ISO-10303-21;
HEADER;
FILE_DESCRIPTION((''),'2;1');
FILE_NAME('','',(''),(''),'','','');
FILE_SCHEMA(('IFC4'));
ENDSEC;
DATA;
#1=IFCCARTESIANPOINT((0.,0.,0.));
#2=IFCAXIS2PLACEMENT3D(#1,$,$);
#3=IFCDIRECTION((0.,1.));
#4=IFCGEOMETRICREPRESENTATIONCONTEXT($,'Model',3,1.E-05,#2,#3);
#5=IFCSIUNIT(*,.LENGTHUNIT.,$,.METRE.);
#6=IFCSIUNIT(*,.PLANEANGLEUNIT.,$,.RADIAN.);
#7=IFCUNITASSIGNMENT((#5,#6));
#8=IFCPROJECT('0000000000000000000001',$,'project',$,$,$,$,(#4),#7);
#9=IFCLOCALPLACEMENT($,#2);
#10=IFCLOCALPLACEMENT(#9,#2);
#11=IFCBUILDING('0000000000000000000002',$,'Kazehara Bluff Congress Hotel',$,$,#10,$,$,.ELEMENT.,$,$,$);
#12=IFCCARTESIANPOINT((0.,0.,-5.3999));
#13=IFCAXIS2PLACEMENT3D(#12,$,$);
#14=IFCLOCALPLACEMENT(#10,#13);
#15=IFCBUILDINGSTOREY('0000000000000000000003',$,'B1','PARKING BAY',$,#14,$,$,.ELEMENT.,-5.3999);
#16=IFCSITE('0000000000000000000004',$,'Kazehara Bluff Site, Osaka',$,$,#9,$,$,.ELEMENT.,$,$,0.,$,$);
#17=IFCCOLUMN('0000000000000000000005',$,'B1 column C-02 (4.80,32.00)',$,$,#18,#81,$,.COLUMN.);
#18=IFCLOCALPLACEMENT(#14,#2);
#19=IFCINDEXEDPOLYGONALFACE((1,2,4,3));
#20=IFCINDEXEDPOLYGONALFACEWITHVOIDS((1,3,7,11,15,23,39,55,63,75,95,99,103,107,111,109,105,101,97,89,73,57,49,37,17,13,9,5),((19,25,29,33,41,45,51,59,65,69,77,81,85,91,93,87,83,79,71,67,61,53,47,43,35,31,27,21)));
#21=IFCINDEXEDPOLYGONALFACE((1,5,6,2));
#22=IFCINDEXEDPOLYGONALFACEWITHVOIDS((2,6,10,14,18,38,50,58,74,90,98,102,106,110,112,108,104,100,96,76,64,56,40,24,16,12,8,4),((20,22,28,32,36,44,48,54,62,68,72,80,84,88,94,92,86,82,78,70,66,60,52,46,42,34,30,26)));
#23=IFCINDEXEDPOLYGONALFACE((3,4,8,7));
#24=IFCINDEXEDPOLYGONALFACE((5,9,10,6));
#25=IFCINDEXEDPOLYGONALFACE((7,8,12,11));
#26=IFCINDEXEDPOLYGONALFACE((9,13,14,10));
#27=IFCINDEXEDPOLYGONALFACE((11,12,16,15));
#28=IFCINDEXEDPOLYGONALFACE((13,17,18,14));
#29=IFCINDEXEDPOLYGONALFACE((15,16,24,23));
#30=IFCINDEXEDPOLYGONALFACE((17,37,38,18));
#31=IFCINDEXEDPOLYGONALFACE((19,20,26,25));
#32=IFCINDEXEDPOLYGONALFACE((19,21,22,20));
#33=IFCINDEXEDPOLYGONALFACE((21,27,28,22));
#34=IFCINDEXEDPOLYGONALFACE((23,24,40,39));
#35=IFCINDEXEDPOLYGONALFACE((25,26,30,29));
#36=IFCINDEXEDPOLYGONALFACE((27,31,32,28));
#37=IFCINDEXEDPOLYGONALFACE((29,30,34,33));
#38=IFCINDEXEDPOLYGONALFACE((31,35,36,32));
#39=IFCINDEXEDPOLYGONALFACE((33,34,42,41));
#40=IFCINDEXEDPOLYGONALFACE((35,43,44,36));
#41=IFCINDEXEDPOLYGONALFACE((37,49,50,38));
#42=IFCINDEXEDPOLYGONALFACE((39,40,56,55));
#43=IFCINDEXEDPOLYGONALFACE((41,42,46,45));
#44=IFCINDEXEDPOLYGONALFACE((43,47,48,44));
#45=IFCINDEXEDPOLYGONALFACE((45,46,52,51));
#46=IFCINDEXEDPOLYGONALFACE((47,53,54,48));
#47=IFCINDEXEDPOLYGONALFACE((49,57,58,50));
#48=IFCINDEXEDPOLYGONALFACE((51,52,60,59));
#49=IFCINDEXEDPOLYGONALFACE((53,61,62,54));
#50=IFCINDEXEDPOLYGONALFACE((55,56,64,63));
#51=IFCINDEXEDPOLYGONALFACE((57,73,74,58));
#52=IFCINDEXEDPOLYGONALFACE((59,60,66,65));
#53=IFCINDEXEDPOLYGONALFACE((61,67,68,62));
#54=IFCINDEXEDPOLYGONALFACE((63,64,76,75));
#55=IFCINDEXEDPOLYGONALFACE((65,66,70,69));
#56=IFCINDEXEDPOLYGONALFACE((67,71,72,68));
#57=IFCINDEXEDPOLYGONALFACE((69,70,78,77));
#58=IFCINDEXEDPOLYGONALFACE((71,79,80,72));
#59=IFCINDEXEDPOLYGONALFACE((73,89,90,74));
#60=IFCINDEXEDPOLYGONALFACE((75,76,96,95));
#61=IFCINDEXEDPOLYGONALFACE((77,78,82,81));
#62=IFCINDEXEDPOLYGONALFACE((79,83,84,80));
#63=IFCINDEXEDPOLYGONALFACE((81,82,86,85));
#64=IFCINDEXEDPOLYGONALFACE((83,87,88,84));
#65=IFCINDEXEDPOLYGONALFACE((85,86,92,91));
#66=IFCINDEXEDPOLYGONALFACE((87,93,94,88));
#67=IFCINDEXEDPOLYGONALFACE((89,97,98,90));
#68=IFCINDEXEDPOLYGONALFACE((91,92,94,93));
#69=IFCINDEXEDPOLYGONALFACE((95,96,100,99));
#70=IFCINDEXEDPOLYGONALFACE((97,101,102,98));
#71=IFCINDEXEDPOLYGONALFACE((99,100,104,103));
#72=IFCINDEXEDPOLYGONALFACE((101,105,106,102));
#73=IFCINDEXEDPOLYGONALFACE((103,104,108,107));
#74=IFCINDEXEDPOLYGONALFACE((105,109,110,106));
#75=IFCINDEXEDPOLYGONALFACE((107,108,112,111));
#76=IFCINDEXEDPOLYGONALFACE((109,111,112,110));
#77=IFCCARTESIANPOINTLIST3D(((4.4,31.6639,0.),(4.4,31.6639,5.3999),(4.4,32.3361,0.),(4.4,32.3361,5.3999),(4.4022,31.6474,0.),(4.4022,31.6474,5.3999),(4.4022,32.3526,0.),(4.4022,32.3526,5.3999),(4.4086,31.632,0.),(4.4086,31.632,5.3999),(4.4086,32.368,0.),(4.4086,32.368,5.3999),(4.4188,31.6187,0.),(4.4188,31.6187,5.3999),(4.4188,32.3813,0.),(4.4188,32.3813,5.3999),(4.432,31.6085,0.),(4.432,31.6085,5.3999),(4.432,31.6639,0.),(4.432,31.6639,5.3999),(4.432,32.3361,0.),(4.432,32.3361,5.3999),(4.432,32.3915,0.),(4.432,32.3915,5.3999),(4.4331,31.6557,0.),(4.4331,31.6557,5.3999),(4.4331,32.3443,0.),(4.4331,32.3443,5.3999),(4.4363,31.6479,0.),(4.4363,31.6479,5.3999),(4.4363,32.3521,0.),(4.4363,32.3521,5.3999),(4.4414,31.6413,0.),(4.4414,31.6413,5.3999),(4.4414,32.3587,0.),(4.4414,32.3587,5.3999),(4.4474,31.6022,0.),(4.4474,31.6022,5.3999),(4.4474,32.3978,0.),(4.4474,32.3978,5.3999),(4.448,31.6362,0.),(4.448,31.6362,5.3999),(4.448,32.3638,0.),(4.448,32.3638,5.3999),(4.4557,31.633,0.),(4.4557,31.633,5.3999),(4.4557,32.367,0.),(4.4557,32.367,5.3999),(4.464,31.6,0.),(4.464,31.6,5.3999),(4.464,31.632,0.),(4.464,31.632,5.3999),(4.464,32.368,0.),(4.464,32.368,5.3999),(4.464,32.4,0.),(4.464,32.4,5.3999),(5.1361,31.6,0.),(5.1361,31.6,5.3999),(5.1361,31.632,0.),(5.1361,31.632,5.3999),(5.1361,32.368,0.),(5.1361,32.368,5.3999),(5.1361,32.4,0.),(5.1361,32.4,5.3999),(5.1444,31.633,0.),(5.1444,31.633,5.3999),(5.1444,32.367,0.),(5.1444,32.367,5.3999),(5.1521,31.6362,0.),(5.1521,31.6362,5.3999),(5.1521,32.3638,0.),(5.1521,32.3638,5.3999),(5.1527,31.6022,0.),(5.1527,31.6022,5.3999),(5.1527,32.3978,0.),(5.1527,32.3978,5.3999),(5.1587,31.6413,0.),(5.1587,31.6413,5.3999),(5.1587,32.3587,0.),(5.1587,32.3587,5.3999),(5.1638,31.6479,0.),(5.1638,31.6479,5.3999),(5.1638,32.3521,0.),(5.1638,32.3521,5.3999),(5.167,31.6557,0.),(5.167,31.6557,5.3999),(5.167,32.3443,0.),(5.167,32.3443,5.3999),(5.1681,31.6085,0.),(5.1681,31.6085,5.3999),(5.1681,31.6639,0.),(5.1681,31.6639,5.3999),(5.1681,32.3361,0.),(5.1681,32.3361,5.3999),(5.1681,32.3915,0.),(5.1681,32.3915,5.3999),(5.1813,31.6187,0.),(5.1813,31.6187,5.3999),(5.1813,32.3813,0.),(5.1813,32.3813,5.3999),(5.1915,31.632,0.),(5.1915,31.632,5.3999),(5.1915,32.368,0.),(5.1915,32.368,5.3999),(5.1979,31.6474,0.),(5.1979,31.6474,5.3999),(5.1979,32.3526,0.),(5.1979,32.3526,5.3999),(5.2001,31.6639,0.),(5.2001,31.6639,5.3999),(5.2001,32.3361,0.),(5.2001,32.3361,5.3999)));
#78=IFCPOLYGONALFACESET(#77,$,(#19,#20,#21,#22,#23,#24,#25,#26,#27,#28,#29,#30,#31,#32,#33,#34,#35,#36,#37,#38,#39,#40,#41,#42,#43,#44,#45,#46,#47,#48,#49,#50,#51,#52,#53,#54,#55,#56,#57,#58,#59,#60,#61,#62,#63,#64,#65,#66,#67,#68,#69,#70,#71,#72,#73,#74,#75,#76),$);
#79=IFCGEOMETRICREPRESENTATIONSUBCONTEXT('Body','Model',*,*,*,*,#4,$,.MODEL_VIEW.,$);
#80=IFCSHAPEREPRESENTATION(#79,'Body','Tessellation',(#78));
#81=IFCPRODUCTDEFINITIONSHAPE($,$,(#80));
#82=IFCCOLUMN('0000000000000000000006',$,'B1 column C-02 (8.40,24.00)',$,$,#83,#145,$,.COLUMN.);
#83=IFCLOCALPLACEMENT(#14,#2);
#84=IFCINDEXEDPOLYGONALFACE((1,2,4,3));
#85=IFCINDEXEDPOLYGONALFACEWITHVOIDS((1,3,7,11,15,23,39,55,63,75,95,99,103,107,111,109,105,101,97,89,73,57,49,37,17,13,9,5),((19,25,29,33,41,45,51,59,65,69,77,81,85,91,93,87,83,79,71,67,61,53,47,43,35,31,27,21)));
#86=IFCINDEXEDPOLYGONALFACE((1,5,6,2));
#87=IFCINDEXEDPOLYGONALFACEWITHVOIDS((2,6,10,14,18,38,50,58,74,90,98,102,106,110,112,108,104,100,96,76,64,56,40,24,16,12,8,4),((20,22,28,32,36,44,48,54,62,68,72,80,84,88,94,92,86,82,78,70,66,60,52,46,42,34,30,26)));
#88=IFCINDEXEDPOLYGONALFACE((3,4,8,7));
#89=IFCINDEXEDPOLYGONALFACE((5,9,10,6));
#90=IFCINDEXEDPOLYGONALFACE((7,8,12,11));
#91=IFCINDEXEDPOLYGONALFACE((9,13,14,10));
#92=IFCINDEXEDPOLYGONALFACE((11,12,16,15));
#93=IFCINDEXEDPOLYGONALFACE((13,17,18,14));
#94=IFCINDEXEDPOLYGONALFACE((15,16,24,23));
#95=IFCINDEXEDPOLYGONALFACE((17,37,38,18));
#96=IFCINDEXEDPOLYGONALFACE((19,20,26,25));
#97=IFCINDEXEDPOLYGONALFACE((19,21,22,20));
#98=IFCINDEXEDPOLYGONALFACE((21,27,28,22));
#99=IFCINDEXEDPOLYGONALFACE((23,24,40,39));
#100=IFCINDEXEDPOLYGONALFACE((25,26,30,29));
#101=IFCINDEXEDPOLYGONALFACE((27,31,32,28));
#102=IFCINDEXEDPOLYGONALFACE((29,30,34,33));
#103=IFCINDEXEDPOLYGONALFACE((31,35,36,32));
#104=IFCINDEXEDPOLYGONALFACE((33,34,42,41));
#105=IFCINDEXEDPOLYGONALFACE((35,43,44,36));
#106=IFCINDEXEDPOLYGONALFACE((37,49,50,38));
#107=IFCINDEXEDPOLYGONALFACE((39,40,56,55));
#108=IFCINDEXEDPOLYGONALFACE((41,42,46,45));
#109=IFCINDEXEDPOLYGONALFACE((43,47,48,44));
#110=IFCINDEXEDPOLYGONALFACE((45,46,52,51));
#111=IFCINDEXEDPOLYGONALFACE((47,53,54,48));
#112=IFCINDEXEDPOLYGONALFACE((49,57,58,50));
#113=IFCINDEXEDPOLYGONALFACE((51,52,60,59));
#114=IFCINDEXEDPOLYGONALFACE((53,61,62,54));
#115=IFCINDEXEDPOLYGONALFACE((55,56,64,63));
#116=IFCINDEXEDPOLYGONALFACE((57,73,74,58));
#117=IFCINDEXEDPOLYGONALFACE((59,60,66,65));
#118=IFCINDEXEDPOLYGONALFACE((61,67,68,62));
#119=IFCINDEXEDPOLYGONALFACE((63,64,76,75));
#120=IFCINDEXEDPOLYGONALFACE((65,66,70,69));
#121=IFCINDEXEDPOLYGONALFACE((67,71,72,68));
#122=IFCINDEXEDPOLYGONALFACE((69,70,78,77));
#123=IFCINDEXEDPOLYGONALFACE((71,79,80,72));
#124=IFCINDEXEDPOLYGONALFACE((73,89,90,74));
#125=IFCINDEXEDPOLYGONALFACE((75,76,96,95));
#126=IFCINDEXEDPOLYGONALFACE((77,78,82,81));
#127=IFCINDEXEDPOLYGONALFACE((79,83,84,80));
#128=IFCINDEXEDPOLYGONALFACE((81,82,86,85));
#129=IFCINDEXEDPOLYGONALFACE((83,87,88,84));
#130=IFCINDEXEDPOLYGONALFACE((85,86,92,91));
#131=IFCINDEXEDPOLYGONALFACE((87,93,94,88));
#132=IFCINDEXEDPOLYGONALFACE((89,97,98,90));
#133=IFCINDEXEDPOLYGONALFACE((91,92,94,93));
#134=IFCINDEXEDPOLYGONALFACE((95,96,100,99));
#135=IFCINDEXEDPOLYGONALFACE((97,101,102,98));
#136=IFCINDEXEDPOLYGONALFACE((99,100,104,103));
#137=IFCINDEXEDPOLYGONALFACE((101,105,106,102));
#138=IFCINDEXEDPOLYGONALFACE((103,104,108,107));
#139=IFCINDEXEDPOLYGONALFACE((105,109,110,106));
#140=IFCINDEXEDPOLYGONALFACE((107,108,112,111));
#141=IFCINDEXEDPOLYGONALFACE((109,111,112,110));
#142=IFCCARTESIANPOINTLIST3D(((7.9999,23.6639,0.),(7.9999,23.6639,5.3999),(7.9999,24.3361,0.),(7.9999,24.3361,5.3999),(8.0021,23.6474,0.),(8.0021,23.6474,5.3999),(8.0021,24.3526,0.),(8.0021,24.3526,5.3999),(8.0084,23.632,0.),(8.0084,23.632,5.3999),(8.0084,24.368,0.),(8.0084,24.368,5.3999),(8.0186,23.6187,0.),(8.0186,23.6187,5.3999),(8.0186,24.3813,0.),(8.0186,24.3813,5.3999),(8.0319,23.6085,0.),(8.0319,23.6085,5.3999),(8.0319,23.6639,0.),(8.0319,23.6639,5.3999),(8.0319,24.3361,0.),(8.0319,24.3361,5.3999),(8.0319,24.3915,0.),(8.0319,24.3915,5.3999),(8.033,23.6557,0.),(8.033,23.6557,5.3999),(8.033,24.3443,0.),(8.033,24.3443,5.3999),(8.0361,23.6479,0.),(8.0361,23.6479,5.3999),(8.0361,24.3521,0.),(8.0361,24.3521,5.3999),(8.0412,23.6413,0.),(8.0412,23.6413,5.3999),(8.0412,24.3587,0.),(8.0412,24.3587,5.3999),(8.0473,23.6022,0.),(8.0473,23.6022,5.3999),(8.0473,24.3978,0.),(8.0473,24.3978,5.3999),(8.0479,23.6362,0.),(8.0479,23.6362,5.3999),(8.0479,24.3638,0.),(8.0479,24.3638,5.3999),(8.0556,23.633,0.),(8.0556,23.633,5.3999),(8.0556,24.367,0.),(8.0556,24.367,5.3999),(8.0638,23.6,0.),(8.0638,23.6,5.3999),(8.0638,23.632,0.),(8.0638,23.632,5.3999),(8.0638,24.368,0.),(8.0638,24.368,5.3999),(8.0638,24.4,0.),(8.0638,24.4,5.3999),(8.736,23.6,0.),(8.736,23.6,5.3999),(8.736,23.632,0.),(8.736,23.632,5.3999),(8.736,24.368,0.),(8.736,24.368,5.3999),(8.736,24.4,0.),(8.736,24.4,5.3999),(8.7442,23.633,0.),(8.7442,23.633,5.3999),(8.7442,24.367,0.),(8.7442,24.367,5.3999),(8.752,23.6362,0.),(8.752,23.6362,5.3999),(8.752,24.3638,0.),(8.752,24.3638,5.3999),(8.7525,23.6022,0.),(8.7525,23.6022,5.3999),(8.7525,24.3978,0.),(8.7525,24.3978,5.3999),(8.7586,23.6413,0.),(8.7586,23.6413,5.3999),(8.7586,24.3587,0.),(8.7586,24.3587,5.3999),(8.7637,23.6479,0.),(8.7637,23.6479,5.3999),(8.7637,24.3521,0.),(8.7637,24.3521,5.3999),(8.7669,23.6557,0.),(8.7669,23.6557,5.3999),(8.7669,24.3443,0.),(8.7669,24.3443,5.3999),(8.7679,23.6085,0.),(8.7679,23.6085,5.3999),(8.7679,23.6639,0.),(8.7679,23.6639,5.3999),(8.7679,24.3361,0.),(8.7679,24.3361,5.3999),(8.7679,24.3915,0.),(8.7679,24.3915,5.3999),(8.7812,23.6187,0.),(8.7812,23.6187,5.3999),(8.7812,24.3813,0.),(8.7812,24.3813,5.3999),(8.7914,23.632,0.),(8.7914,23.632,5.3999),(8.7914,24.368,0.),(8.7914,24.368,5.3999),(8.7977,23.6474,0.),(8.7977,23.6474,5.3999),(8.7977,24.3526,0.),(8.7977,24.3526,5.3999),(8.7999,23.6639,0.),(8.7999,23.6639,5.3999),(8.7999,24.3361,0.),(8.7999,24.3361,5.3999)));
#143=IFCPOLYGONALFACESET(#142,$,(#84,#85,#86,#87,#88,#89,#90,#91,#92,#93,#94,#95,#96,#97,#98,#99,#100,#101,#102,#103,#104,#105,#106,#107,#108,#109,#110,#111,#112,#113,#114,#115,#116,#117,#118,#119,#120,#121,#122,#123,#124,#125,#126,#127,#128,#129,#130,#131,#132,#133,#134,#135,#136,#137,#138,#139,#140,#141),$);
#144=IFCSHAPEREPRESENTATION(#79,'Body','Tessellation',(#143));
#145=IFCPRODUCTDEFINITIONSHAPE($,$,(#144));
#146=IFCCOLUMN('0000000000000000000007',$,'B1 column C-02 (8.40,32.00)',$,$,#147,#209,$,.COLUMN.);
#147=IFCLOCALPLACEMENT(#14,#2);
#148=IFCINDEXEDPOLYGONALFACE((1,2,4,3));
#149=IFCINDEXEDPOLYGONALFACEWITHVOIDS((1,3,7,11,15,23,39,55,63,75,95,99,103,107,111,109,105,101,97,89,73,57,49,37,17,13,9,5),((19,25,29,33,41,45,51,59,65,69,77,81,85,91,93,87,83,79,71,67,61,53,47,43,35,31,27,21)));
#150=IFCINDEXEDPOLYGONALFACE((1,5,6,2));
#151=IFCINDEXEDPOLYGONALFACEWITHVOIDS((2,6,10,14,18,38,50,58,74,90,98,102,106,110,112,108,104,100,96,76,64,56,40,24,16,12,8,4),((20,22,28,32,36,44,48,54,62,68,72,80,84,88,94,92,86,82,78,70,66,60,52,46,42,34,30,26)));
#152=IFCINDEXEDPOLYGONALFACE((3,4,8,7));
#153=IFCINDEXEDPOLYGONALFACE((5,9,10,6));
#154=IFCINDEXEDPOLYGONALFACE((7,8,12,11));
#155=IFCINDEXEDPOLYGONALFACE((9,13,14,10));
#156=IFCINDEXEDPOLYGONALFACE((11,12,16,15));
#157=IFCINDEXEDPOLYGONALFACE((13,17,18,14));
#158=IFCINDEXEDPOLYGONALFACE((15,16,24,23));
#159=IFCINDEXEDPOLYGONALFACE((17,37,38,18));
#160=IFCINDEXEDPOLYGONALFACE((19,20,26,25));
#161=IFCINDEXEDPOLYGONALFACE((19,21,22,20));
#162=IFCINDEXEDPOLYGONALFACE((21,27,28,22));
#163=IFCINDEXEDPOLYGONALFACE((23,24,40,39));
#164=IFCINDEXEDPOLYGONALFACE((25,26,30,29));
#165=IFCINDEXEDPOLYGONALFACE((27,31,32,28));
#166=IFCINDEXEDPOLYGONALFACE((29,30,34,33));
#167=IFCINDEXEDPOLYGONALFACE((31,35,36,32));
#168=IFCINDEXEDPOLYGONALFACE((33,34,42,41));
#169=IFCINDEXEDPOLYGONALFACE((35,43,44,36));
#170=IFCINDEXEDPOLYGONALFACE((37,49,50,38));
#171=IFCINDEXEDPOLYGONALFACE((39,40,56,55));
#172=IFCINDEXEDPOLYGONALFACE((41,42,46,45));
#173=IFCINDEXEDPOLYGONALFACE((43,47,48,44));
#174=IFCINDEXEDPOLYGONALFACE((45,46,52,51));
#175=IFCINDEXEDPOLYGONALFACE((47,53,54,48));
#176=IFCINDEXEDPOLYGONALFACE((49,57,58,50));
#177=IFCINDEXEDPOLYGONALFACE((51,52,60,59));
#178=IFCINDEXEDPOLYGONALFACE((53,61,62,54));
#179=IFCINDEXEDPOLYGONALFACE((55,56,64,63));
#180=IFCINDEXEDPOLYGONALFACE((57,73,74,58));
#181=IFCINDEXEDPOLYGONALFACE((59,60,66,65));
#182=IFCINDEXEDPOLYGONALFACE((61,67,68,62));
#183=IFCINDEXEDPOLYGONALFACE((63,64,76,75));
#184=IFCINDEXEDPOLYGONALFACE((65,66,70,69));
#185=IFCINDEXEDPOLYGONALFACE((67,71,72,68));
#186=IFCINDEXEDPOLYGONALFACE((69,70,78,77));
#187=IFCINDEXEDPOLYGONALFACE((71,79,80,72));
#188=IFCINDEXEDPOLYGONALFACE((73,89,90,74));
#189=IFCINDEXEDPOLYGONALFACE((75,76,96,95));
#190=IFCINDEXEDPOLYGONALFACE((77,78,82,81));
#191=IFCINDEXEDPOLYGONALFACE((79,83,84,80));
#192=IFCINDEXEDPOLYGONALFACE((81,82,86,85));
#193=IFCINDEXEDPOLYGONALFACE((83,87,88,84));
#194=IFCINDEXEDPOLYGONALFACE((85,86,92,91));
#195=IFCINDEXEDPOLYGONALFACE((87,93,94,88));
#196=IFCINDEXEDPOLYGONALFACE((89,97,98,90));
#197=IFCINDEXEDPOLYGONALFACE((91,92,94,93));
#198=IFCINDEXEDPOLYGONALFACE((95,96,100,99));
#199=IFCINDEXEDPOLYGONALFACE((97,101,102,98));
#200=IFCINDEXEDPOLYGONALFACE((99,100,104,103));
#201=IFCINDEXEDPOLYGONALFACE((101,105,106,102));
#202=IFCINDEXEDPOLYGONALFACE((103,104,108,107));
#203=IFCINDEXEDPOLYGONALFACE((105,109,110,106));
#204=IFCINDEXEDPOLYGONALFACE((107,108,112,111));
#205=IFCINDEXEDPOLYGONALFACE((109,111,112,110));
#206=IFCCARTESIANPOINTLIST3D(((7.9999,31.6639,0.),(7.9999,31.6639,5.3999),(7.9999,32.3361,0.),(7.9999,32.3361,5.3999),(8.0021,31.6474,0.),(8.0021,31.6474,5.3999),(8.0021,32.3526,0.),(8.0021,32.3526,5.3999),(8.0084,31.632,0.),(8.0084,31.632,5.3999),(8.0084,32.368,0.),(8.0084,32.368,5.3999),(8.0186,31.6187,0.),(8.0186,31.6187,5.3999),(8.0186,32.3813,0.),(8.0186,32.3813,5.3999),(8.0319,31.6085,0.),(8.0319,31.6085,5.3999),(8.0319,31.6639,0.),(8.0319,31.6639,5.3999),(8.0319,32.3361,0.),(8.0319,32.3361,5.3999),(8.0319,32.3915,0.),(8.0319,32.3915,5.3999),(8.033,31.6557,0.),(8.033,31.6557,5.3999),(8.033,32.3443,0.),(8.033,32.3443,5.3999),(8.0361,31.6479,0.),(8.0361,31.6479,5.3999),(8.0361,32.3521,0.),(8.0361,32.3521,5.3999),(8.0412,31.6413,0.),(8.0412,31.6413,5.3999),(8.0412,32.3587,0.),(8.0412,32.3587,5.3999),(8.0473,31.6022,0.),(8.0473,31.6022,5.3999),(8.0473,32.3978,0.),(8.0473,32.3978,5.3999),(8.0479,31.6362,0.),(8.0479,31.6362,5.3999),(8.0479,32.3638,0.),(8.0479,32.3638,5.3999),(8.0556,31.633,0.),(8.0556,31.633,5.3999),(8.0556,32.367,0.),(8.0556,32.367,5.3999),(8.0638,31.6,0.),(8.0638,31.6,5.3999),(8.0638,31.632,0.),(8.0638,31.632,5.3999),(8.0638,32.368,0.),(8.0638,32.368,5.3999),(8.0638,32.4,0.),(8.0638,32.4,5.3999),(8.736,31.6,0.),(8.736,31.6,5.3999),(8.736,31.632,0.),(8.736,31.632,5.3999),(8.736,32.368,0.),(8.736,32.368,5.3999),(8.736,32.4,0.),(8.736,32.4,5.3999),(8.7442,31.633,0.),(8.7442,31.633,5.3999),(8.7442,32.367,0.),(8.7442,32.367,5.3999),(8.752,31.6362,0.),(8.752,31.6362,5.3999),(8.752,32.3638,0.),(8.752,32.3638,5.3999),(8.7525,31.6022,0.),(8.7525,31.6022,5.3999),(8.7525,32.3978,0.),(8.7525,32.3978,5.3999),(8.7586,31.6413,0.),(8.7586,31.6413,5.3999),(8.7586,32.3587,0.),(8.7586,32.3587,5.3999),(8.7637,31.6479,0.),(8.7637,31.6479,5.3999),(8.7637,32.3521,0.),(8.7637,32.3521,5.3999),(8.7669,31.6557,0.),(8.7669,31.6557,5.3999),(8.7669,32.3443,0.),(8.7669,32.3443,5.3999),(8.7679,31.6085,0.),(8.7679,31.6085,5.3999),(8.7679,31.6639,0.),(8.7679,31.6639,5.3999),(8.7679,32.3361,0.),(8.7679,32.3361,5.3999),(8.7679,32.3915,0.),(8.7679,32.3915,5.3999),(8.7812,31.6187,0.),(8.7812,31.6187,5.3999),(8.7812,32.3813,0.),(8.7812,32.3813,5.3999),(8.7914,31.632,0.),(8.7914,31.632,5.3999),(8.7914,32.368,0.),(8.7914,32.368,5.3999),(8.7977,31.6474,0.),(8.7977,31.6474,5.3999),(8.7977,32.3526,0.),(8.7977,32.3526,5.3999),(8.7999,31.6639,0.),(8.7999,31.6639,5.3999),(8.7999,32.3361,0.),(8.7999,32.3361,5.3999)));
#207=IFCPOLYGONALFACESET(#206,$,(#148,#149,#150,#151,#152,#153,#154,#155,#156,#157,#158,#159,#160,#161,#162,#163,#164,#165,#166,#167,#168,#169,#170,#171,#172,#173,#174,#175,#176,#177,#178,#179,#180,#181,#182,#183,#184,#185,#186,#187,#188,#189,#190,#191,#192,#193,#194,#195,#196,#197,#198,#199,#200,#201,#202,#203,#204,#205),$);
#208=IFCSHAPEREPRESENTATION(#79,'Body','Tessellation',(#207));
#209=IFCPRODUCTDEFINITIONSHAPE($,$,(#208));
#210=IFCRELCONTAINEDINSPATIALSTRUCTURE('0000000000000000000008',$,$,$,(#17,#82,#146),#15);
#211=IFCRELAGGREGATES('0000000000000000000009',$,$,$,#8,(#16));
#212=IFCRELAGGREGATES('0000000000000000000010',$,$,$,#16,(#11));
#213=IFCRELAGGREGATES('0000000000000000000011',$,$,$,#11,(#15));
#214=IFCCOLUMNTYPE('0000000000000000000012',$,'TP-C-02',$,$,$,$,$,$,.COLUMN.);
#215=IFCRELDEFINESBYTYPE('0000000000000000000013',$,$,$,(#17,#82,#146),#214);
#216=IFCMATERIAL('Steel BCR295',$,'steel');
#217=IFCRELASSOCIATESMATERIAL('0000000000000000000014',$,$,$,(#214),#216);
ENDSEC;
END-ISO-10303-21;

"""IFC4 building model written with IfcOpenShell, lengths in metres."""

from ifc_helpers import new_model, si_unit, direction, frame, origin, origin_2d, place, context, subcontext, project, spatial, hollow_rectangle, extrude, material, material_profile, profile_set, type_object, element, save


model = new_model("IFC4")

# Units and contexts
model_context = context("Model", 3, precision=1e-05, world=origin(), true_north=direction((0.0, 1.0)))
body_context = subcontext(model_context, "Body", "Model", "MODEL_VIEW")
ifc_project = project(units=[si_unit("LENGTHUNIT", "METRE"), si_unit("PLANEANGLEUNIT", "RADIAN")], contexts=[model_context])

# Site, building, storey
site_placement = place(None, origin())
site = spatial("IfcSite", under=ifc_project, at=site_placement, Name="Kazehara Bluff Site, Osaka", CompositionType="ELEMENT", RefElevation=0.0)
building_placement = place(site_placement, origin())
building = spatial("IfcBuilding", under=site, at=building_placement, Name="Kazehara Bluff Congress Hotel", CompositionType="ELEMENT")
storey_placement = place(building_placement, frame((0.0, 0.0, -5.3999)))
storey = spatial("IfcBuildingStorey", under=building, at=storey_placement, Name="B1", Description="PARKING BAY", CompositionType="ELEMENT", Elevation=-5.3999)

# Columns
ifc_material_1 = material(Name="Steel BCR295", Category="steel")
ifc_material_profile_1 = material_profile(ifc_material_1, hollow_rectangle(XDim=0.8, YDim=0.8, WallThickness=0.032, InnerFilletRadius=0.032, OuterFilletRadius=0.064, at=origin_2d()))
ifc_profile_set_1 = profile_set([ifc_material_profile_1], Name="Steel BCR295")
column_type = type_object("IfcColumnType", Name="TP-C-02", PredefinedType="COLUMN", material=ifc_profile_set_1)
for number, where, z_axis, x_axis, name in (
    (1, (4.8, 32.0, 0.0), (0.0, 0.0, 1.0), (1.0, 0.0, 0.0), "B1 column C-02 (4.80,32.00)"),
    (2, (8.3999, 24.0, 0.0), (0.0, 0.0, 1.0), (1.0, 0.0, 0.0), "B1 column C-02 (8.40,24.00)"),
    (3, (8.3999, 32.0, 0.0), (0.0, 0.0, 1.0), (1.0, 0.0, 0.0), "B1 column C-02 (8.40,32.00)"),
):
    element("IfcColumn", number, at=place(storey_placement, frame(where, z_axis=z_axis, x_axis=x_axis)), inside=storey, type_object=column_type, Name=name, PredefinedType="COLUMN", context=body_context, shape_type="SweptSolid", body=[
        extrude(hollow_rectangle(XDim=0.8, YDim=0.8, WallThickness=0.032, InnerFilletRadius=0.032, OuterFilletRadius=0.064, at=origin_2d()), origin(), (0.0, 0.0, 1.0), 5.3999),
    ])

save(model, "model.ifc")
